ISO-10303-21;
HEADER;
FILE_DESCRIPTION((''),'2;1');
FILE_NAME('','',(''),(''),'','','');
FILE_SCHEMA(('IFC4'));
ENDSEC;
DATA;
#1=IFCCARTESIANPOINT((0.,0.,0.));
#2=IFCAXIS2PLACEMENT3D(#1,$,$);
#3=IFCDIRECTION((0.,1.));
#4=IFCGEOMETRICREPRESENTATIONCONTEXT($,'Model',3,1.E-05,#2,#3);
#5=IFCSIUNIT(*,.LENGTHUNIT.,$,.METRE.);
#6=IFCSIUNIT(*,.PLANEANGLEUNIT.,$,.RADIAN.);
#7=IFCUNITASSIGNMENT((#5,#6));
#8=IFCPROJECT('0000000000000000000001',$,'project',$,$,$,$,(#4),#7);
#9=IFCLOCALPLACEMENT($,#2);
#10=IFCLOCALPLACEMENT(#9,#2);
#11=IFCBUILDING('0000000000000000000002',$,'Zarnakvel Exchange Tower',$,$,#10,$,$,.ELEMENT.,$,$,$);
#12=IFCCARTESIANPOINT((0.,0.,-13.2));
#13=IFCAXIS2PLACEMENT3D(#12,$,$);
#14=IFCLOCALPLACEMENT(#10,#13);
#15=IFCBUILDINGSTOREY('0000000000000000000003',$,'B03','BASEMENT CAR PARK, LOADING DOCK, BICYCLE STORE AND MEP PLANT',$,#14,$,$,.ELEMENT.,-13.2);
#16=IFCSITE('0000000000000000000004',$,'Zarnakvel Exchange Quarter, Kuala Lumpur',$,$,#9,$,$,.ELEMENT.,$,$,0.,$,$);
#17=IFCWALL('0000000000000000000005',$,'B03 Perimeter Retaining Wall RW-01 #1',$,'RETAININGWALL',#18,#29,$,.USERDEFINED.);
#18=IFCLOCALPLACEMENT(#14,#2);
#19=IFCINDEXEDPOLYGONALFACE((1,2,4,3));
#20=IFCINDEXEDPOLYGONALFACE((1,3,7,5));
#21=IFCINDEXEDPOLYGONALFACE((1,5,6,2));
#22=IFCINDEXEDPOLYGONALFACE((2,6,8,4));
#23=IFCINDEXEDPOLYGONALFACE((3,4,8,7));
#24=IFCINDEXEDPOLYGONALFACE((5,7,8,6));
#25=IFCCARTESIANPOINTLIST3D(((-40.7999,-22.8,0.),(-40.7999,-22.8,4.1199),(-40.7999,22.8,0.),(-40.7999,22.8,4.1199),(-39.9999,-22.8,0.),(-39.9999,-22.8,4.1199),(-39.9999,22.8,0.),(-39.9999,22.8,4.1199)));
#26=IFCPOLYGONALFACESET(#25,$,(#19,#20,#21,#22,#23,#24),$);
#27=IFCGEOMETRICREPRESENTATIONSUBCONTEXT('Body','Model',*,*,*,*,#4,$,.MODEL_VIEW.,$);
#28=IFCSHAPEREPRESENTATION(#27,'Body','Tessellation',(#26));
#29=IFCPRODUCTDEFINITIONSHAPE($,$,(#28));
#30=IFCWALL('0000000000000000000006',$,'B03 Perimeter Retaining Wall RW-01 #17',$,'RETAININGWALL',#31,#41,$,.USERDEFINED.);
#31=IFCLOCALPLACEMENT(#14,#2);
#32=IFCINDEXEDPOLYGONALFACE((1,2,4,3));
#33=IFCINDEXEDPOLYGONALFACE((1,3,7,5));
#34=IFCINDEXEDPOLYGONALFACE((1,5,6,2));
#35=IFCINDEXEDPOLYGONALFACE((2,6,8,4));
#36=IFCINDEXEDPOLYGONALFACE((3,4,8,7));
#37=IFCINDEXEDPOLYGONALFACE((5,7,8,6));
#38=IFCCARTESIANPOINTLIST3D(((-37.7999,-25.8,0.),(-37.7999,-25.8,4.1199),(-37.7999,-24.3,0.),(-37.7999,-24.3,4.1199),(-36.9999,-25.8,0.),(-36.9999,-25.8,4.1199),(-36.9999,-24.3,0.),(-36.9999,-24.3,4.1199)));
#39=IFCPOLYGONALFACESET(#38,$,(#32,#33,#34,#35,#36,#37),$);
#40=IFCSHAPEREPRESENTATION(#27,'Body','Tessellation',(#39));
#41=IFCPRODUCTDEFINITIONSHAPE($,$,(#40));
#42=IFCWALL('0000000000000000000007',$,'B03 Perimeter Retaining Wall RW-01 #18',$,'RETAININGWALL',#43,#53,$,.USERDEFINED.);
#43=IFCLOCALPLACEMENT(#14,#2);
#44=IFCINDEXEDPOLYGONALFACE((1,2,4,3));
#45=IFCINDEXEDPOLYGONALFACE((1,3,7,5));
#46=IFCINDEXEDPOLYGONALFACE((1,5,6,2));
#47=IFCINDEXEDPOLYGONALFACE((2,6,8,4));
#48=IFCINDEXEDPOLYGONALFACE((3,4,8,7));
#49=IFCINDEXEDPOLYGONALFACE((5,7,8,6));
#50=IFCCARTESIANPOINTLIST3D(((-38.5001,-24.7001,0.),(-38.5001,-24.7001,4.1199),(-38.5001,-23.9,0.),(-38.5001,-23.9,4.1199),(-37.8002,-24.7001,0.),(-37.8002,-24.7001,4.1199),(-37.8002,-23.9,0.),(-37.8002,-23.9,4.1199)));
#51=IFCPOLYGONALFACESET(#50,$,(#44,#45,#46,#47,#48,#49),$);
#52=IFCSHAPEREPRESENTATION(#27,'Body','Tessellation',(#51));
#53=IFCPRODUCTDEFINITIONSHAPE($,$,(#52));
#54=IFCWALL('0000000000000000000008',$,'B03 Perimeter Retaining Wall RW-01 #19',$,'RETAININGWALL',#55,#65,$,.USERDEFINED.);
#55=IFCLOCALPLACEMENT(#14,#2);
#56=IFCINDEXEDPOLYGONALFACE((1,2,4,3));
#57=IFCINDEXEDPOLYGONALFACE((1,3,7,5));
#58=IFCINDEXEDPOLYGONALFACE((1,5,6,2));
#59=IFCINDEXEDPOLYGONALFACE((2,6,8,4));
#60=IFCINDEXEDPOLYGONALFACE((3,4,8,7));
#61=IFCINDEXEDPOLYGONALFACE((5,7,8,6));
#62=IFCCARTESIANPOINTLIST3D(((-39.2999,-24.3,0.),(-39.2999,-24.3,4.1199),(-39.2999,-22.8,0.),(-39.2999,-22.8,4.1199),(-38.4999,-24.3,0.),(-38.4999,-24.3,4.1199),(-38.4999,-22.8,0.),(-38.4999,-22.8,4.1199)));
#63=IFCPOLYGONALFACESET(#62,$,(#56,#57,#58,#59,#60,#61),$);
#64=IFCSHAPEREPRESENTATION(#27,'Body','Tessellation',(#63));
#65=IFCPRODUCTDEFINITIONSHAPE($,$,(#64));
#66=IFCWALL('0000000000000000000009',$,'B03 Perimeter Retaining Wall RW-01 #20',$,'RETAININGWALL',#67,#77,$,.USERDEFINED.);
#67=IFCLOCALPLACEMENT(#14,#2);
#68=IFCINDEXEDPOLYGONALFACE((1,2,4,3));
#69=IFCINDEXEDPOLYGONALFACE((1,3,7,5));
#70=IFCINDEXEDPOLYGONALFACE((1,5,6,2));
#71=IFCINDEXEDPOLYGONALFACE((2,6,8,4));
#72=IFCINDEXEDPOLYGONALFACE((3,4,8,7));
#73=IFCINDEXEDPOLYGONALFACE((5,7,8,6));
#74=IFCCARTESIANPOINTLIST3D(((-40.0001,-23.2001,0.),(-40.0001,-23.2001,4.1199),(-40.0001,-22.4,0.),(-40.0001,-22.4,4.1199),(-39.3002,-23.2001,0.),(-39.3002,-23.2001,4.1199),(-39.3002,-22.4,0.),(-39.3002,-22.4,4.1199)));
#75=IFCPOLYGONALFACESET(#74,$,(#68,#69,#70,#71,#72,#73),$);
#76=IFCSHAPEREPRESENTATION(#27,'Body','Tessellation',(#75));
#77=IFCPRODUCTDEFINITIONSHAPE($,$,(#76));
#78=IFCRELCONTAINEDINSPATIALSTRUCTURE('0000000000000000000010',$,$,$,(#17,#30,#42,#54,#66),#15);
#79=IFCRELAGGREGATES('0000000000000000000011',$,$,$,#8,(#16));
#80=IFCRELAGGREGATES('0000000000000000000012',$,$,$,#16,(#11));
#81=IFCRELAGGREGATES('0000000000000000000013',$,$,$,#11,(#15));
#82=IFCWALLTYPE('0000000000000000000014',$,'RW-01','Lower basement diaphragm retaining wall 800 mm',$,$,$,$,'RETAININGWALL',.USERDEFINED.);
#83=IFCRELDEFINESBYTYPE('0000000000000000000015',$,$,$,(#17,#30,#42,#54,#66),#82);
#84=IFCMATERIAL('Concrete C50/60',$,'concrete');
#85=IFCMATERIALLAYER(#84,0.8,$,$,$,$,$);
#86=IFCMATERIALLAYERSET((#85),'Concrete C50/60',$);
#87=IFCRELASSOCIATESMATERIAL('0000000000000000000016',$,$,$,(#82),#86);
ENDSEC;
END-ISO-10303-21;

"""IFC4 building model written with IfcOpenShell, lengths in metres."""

from ifc_helpers import new_model, si_unit, direction, frame, frame_2d, origin, place, context, subcontext, project, spatial, rectangle, extrude, material, layer, layer_set, type_object, element, save


model = new_model("IFC4")

# Units and contexts
model_context = context("Model", 3, precision=1e-05, world=origin(), true_north=direction((0.0, 1.0)))
body_context = subcontext(model_context, "Body", "Model", "MODEL_VIEW")
ifc_project = project(units=[si_unit("LENGTHUNIT", "METRE"), si_unit("PLANEANGLEUNIT", "RADIAN")], contexts=[model_context])

# Site, building, storey
site_placement = place(None, origin())
site = spatial("IfcSite", under=ifc_project, at=site_placement, Name="Zarnakvel Exchange Quarter, Kuala Lumpur", CompositionType="ELEMENT", RefElevation=0.0)
building_placement = place(site_placement, origin())
building = spatial("IfcBuilding", under=site, at=building_placement, Name="Zarnakvel Exchange Tower", CompositionType="ELEMENT")
storey_placement = place(building_placement, frame((0.0, 0.0, -13.2)))
storey = spatial("IfcBuildingStorey", under=building, at=storey_placement, Name="B03", Description="BASEMENT CAR PARK, LOADING DOCK, BICYCLE STORE AND MEP PLANT", CompositionType="ELEMENT", Elevation=-13.2)

# Shared definitions
ifc_material_1 = material(Name="Concrete C50/60", Category="concrete")

# Walls
ifc_layer = layer(ifc_material_1, 0.8)
ifc_layer_set = layer_set([ifc_layer], Name="Concrete C50/60")
wall_type = type_object("IfcWallType", Name="RW-01", Description="Lower basement diaphragm retaining wall 800 mm", ElementType="RETAININGWALL", PredefinedType="USERDEFINED", material=ifc_layer_set)
wall_1_placement = place(storey_placement, frame((-40.3999, -22.8, 0.0), z_axis=(0.0, 0.0, 1.0), x_axis=(0.0, 1.0, 0.0)))
element("IfcWall", 1, at=wall_1_placement, inside=storey, type_object=wall_type, Name="B03 Perimeter Retaining Wall RW-01 #1", ObjectType="RETAININGWALL", PredefinedType="USERDEFINED", context=body_context, shape_type="SweptSolid", body=[
    extrude(rectangle(XDim=45.6001, YDim=0.8, at=frame_2d((22.8, 0.0))), origin(), (0.0, 0.0, 1.0), 4.1199),
])
wall_2_placement = place(storey_placement, frame((-37.3999, -25.8, 0.0), z_axis=(0.0, 0.0, 1.0), x_axis=(0.0, 1.0, 0.0)))
element("IfcWall", 2, at=wall_2_placement, inside=storey, type_object=wall_type, Name="B03 Perimeter Retaining Wall RW-01 #17", ObjectType="RETAININGWALL", PredefinedType="USERDEFINED", context=body_context, shape_type="SweptSolid", body=[
    extrude(rectangle(XDim=1.5, YDim=0.8, at=frame_2d((0.75, 0.0))), origin(), (0.0, 0.0, 1.0), 4.1199),
])
wall_3_placement = place(storey_placement, frame((-37.8, -24.3, 0.0), z_axis=(0.0, 0.0, 1.0), x_axis=(-1.0, 0.0, 0.0)))
element("IfcWall", 3, at=wall_3_placement, inside=storey, type_object=wall_type, Name="B03 Perimeter Retaining Wall RW-01 #18", ObjectType="RETAININGWALL", PredefinedType="USERDEFINED", context=body_context, shape_type="SweptSolid", body=[
    extrude(rectangle(XDim=0.7, YDim=0.8, at=frame_2d((0.3501, 0.0))), origin(), (0.0, 0.0, 1.0), 4.1199),
])
wall_4_placement = place(storey_placement, frame((-38.8999, -24.3, 0.0), z_axis=(0.0, 0.0, 1.0), x_axis=(0.0, 1.0, 0.0)))
element("IfcWall", 4, at=wall_4_placement, inside=storey, type_object=wall_type, Name="B03 Perimeter Retaining Wall RW-01 #19", ObjectType="RETAININGWALL", PredefinedType="USERDEFINED", context=body_context, shape_type="SweptSolid", body=[
    extrude(rectangle(XDim=1.5, YDim=0.8, at=frame_2d((0.75, 0.0))), origin(), (0.0, 0.0, 1.0), 4.1199),
])
wall_5_placement = place(storey_placement, frame((-39.3, -22.8, 0.0), z_axis=(0.0, 0.0, 1.0), x_axis=(-1.0, 0.0, 0.0)))
element("IfcWall", 5, at=wall_5_placement, inside=storey, type_object=wall_type, Name="B03 Perimeter Retaining Wall RW-01 #20", ObjectType="RETAININGWALL", PredefinedType="USERDEFINED", context=body_context, shape_type="SweptSolid", body=[
    extrude(rectangle(XDim=0.7, YDim=0.8, at=frame_2d((0.3501, 0.0))), origin(), (0.0, 0.0, 1.0), 4.1199),
])

save(model, "model.ifc")
